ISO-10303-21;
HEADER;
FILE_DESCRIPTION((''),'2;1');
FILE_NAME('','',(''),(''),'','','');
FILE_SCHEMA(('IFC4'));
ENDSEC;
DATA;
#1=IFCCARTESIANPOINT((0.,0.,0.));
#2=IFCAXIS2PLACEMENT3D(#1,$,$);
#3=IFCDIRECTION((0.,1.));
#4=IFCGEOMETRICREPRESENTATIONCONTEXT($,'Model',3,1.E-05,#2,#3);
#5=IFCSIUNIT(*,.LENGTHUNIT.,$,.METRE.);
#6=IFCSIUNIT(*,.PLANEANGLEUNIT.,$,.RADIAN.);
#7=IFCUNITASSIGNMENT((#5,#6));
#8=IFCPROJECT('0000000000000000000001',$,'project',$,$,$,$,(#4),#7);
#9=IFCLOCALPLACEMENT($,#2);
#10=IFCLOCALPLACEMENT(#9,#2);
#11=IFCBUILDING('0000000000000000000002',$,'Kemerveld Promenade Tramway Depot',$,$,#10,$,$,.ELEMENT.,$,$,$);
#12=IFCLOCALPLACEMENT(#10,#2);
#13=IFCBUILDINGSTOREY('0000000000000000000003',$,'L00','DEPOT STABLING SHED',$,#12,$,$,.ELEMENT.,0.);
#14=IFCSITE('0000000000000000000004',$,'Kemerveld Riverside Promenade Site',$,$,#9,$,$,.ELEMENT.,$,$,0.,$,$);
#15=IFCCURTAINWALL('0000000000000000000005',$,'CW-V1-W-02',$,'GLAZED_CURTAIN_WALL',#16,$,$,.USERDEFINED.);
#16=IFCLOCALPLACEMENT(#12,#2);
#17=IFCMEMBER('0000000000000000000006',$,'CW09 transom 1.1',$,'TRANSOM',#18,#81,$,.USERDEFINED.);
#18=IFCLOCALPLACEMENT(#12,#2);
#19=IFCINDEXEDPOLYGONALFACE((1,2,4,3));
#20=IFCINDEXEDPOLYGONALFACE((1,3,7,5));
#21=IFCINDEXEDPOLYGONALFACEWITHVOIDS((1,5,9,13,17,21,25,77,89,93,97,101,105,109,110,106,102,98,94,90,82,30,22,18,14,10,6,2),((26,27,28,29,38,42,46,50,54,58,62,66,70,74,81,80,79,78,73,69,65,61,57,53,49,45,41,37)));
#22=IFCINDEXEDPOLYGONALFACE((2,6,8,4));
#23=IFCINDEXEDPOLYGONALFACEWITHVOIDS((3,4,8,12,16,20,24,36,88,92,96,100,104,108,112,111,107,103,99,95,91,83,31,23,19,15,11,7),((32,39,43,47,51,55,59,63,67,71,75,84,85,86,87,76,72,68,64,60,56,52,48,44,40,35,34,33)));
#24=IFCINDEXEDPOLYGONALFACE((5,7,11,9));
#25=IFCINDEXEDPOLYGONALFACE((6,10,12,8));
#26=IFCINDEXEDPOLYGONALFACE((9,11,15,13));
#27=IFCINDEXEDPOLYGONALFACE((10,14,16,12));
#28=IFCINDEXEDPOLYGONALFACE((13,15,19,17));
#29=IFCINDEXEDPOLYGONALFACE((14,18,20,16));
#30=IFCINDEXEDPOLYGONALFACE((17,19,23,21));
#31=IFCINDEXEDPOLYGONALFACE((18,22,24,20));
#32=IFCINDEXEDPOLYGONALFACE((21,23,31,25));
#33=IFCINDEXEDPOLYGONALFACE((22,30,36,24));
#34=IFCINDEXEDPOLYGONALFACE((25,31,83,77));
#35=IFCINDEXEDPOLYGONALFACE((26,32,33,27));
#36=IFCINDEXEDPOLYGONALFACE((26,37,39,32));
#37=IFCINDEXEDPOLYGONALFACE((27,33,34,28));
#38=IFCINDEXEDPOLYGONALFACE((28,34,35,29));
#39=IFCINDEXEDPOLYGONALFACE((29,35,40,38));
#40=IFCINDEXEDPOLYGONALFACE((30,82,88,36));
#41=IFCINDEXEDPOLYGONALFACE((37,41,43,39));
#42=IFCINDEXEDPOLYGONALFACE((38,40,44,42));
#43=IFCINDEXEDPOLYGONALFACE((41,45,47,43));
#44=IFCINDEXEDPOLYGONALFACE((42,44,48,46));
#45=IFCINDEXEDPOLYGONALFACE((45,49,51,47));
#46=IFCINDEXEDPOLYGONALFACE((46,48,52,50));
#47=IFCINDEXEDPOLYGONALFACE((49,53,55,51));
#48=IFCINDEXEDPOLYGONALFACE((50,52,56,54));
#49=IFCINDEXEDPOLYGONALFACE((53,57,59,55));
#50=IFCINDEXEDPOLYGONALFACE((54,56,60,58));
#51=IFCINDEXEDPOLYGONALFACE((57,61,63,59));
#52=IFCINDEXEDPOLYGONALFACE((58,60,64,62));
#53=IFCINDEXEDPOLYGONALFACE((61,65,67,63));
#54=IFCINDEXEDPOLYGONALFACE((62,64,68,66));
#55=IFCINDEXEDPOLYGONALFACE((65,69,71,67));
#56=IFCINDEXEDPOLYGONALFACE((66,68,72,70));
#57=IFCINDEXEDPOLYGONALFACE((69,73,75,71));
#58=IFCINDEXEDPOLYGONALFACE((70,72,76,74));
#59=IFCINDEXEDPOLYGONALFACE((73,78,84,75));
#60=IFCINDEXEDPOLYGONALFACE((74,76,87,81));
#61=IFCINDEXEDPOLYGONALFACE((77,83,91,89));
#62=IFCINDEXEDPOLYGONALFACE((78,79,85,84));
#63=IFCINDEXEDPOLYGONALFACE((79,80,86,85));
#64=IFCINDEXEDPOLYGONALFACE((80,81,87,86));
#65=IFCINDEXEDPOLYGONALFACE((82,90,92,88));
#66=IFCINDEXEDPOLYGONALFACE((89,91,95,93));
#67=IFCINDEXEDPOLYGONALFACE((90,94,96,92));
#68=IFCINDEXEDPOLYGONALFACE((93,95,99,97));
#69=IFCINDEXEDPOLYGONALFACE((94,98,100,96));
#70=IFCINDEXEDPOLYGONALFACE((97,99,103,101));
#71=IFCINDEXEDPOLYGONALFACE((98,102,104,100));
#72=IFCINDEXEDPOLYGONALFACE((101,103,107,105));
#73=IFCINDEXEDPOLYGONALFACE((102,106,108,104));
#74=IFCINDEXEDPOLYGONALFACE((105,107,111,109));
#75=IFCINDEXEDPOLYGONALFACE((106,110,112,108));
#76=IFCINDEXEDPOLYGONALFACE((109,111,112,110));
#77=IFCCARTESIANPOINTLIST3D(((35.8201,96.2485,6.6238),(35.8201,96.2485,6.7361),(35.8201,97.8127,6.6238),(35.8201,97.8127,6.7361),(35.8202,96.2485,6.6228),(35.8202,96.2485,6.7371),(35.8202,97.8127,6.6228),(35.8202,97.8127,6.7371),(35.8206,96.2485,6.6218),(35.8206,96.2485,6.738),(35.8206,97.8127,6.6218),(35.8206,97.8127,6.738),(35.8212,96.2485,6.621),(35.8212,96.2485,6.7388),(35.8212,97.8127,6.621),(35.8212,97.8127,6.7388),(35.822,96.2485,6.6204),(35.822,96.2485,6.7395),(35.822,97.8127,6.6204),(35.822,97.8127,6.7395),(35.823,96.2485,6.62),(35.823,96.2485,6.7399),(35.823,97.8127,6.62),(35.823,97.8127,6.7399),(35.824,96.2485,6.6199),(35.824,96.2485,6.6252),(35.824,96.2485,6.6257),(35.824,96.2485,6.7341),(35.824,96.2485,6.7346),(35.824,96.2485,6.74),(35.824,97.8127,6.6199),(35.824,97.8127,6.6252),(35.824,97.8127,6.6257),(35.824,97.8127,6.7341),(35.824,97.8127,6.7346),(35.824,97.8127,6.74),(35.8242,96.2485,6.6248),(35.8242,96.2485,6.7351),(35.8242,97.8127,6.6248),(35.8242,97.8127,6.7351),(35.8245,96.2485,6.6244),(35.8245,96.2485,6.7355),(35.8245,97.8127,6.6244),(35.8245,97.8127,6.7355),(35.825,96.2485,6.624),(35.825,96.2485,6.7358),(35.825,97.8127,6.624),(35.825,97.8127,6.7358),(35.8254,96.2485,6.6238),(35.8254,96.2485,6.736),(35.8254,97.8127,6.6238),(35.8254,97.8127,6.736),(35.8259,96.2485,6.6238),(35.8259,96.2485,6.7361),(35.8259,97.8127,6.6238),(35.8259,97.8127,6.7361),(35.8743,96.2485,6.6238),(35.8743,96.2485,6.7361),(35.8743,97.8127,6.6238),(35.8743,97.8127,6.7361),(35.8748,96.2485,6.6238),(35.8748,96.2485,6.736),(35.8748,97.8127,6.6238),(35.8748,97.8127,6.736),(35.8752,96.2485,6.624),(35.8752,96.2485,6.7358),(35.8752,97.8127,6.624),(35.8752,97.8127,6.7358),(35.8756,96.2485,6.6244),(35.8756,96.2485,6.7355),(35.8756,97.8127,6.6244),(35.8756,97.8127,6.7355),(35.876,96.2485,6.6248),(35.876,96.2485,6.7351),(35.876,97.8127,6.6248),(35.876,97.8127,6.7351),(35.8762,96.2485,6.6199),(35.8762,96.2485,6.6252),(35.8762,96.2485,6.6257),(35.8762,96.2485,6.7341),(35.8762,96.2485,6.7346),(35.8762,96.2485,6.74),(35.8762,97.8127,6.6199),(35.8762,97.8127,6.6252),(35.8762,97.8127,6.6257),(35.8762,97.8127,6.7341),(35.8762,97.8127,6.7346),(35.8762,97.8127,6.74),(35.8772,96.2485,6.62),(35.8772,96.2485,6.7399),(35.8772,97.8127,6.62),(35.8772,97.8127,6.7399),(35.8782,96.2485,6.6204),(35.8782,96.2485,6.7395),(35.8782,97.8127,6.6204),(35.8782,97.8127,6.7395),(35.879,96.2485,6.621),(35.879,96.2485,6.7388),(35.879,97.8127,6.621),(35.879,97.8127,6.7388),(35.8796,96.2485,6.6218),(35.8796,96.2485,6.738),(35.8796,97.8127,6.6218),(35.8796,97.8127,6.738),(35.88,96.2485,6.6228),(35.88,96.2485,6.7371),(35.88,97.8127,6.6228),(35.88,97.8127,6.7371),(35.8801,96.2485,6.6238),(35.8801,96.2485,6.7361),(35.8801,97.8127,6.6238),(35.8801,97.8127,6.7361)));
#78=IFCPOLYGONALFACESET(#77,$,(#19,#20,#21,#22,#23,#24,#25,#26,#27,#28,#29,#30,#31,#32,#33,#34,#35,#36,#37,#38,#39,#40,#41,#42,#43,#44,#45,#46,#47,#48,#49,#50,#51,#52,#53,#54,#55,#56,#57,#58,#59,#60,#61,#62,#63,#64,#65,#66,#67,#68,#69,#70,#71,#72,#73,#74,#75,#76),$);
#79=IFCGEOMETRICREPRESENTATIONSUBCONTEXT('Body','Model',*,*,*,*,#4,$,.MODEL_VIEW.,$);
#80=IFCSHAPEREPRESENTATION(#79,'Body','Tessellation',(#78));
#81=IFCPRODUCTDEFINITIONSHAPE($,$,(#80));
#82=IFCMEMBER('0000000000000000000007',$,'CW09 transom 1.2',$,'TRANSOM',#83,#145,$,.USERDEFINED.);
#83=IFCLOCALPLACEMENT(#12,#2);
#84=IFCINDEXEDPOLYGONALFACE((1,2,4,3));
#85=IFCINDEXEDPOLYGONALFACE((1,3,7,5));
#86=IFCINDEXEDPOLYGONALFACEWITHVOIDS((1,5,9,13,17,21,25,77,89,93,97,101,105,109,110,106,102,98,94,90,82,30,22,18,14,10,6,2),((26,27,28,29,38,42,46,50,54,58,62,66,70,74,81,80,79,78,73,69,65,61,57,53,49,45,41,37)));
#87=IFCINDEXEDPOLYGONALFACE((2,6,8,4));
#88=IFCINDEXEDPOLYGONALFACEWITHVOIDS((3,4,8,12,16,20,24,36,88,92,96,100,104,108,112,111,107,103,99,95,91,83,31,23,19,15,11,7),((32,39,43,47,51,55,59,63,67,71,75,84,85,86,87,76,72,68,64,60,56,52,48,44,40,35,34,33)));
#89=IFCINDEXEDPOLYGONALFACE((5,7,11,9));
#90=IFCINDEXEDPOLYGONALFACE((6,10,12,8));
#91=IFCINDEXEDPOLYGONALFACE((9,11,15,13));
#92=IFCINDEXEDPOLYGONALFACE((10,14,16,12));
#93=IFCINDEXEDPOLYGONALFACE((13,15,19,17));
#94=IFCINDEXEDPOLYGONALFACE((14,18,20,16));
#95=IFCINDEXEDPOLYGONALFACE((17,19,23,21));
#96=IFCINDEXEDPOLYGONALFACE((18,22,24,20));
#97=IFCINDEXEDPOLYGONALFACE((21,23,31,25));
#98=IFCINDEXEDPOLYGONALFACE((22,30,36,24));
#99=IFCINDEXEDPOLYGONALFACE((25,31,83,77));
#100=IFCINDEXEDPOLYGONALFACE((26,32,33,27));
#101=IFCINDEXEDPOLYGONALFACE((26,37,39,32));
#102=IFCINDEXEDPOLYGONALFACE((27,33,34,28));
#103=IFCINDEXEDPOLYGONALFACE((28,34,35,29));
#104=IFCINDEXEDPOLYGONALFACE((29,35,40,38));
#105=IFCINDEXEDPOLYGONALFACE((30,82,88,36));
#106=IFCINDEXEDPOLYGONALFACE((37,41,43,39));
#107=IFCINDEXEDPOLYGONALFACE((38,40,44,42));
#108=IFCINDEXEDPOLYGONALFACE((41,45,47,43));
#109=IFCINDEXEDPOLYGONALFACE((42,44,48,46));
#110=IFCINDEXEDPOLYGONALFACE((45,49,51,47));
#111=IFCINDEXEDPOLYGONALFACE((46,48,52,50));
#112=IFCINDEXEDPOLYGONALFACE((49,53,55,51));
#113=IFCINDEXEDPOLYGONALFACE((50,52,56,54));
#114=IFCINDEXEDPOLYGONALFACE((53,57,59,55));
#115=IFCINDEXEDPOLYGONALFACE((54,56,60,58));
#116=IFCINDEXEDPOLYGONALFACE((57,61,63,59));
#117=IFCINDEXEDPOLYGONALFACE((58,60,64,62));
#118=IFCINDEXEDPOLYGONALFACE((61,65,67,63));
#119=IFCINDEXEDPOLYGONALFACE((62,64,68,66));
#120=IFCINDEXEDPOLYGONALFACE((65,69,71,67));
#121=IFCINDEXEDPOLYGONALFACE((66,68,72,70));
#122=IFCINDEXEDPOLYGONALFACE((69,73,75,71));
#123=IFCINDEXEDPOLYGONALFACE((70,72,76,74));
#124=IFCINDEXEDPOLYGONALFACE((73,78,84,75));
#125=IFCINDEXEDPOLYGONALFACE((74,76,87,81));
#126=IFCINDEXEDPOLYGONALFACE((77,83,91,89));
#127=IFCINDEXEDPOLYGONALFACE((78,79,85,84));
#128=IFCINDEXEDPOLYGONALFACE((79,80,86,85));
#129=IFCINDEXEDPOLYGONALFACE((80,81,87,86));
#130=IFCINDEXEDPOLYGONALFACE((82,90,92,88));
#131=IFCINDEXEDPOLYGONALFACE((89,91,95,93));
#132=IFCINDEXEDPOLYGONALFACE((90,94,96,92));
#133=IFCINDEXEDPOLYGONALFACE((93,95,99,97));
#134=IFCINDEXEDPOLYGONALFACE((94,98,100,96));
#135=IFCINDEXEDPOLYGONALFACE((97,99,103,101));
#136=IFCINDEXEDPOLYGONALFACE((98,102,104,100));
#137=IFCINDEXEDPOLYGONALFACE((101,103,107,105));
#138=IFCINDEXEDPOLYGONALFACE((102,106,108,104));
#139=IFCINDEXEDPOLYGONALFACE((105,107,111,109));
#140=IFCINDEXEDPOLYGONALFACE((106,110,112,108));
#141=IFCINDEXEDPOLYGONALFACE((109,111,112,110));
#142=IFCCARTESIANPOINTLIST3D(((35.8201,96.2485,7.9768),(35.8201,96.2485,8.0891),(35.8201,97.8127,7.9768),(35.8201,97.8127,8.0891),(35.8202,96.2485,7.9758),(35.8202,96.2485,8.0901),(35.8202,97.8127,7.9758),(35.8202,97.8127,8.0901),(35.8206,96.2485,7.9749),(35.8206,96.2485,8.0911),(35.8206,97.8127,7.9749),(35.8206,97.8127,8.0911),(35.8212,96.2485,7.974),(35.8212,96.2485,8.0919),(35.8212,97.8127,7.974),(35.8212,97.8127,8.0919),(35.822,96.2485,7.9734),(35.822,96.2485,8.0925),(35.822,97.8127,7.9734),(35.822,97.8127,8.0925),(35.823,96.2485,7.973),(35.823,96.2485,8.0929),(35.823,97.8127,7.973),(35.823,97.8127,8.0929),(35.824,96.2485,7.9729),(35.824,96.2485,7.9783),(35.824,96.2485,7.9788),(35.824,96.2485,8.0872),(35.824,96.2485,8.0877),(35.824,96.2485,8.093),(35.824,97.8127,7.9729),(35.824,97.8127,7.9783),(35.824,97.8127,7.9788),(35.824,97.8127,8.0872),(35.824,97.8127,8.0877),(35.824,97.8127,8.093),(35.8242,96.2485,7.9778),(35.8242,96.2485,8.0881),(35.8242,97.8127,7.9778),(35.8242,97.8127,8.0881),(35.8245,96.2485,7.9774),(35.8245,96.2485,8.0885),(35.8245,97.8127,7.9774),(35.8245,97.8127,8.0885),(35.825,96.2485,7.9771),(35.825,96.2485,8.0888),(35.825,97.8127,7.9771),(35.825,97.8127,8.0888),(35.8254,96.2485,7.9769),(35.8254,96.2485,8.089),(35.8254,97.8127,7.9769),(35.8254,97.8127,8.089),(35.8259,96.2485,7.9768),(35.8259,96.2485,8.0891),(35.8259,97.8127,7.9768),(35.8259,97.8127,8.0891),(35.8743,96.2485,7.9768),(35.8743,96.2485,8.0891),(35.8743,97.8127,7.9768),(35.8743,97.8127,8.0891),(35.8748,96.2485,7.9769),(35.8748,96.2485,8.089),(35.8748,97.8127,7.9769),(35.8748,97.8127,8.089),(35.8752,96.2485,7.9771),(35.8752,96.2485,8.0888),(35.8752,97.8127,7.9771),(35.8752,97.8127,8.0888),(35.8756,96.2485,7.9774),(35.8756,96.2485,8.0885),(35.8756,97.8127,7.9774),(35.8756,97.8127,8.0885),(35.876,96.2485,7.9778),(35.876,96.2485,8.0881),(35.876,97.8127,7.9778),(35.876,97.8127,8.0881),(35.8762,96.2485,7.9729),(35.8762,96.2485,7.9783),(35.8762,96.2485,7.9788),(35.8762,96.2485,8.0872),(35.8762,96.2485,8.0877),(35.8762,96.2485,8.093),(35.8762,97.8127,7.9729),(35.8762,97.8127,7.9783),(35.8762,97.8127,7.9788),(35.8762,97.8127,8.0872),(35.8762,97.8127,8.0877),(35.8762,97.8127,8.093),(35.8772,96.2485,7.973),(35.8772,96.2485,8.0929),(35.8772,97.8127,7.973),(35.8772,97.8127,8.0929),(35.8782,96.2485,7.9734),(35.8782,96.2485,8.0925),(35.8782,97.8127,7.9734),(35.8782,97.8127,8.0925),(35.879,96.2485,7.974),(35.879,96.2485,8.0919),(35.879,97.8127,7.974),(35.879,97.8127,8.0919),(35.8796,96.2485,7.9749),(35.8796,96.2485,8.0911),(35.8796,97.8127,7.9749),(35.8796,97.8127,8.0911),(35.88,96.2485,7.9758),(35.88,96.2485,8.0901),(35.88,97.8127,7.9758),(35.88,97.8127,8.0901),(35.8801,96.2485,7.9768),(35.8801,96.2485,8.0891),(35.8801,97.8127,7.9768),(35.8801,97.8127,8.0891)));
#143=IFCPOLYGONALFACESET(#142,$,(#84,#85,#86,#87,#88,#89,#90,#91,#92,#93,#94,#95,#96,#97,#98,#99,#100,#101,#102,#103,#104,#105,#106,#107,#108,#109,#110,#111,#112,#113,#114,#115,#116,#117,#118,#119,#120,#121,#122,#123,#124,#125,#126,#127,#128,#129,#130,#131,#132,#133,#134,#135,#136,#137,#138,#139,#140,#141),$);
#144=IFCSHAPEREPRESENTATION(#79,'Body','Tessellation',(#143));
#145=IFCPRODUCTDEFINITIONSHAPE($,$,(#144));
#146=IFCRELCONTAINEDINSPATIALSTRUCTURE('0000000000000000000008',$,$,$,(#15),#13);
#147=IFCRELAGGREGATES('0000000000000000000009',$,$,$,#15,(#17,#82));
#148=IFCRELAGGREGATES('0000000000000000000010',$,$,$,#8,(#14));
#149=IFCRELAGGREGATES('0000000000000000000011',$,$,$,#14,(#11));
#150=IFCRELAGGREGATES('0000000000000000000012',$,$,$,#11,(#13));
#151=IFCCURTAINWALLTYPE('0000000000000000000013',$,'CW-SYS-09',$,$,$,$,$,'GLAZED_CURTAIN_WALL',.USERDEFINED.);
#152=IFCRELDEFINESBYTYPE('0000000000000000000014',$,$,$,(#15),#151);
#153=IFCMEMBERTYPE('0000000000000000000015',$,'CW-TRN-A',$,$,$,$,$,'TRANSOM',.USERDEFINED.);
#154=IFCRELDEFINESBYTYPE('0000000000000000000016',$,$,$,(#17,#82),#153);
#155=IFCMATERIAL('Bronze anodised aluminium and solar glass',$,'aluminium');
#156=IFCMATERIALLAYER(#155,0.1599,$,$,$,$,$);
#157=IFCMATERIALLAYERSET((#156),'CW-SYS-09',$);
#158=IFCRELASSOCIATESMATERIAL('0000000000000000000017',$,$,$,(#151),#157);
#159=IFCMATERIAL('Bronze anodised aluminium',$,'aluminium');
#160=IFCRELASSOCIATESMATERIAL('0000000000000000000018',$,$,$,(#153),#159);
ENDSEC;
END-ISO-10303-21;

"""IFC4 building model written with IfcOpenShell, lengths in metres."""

from ifc_helpers import new_model, si_unit, direction, frame, origin, origin_2d, place, context, subcontext, project, spatial, hollow_rectangle, extrude, material, layer, layer_set, material_profile, profile_set, type_object, element, aggregate, save


model = new_model("IFC4")

# Units and contexts
model_context = context("Model", 3, precision=1e-05, world=origin(), true_north=direction((0.0, 1.0)))
body_context = subcontext(model_context, "Body", "Model", "MODEL_VIEW")
ifc_project = project(units=[si_unit("LENGTHUNIT", "METRE"), si_unit("PLANEANGLEUNIT", "RADIAN")], contexts=[model_context])

# Site, building, storey
site_placement = place(None, origin())
site = spatial("IfcSite", under=ifc_project, at=site_placement, Name="Kemerveld Riverside Promenade Site", CompositionType="ELEMENT", RefElevation=0.0)
building_placement = place(site_placement, origin())
building = spatial("IfcBuilding", under=site, at=building_placement, Name="Kemerveld Promenade Tramway Depot", CompositionType="ELEMENT")
storey_placement = place(building_placement, origin())
storey = spatial("IfcBuildingStorey", under=building, at=storey_placement, Name="L00", Description="DEPOT STABLING SHED", CompositionType="ELEMENT", Elevation=0.0)

# Curtain wall
ifc_material_1 = material(Name="Bronze anodised aluminium and solar glass", Category="aluminium")
ifc_layer_1 = layer(ifc_material_1, 0.1599)
ifc_layer_set_1 = layer_set([ifc_layer_1], Name="CW-SYS-09")
curtain_wall_type_1 = type_object("IfcCurtainWallType", Name="CW-SYS-09", ElementType="GLAZED_CURTAIN_WALL", PredefinedType="USERDEFINED", material=ifc_layer_set_1)
curtain_wall_1_placement = place(storey_placement, origin())
curtain_wall_1 = element("IfcCurtainWall", 1, at=curtain_wall_1_placement, inside=storey, type_object=curtain_wall_type_1, Name="CW-V1-W-02", ObjectType="GLAZED_CURTAIN_WALL", PredefinedType="USERDEFINED")
ifc_material_2 = material(Name="Bronze anodised aluminium", Category="aluminium")

# Members
ifc_material_profile_1 = material_profile(ifc_material_2, hollow_rectangle(XDim=0.0601, YDim=0.1201, WallThickness=0.0039, InnerFilletRadius=0.002, OuterFilletRadius=0.0039, at=origin_2d()), Name="CW-TRN-120x60")
ifc_profile_set_1 = profile_set([ifc_material_profile_1], Name="Bronze anodised aluminium")
member_type_1 = type_object("IfcMemberType", Name="CW-TRN-A", ElementType="TRANSOM", PredefinedType="USERDEFINED", material=ifc_profile_set_1)
member_1_placement = place(storey_placement, frame((35.8501, 96.2485, 6.6799), z_axis=(0.0, 1.0, 0.0), x_axis=(-1.0, 0.0, 0.0)))
member_1 = element("IfcMember", 2, at=member_1_placement, type_object=member_type_1, Name="CW09 transom 1.1", ObjectType="TRANSOM", PredefinedType="USERDEFINED", context=body_context, shape_type="SweptSolid", body=[
    extrude(hollow_rectangle(XDim=0.0601, YDim=0.1201, WallThickness=0.0039, InnerFilletRadius=0.002, OuterFilletRadius=0.0039, at=origin_2d()), origin(), (0.0, 0.0, 1.0), 1.5642),
])
member_2_placement = place(storey_placement, frame((35.8501, 96.2485, 8.033), z_axis=(0.0, 1.0, 0.0), x_axis=(-1.0, 0.0, 0.0)))
member_2 = element("IfcMember", 3, at=member_2_placement, type_object=member_type_1, Name="CW09 transom 1.2", ObjectType="TRANSOM", PredefinedType="USERDEFINED", context=body_context, shape_type="SweptSolid", body=[
    extrude(hollow_rectangle(XDim=0.0601, YDim=0.1201, WallThickness=0.0039, InnerFilletRadius=0.002, OuterFilletRadius=0.0039, at=origin_2d()), origin(), (0.0, 0.0, 1.0), 1.5642),
])

aggregate(curtain_wall_1, [member_1, member_2])

save(model, "model.ifc")
